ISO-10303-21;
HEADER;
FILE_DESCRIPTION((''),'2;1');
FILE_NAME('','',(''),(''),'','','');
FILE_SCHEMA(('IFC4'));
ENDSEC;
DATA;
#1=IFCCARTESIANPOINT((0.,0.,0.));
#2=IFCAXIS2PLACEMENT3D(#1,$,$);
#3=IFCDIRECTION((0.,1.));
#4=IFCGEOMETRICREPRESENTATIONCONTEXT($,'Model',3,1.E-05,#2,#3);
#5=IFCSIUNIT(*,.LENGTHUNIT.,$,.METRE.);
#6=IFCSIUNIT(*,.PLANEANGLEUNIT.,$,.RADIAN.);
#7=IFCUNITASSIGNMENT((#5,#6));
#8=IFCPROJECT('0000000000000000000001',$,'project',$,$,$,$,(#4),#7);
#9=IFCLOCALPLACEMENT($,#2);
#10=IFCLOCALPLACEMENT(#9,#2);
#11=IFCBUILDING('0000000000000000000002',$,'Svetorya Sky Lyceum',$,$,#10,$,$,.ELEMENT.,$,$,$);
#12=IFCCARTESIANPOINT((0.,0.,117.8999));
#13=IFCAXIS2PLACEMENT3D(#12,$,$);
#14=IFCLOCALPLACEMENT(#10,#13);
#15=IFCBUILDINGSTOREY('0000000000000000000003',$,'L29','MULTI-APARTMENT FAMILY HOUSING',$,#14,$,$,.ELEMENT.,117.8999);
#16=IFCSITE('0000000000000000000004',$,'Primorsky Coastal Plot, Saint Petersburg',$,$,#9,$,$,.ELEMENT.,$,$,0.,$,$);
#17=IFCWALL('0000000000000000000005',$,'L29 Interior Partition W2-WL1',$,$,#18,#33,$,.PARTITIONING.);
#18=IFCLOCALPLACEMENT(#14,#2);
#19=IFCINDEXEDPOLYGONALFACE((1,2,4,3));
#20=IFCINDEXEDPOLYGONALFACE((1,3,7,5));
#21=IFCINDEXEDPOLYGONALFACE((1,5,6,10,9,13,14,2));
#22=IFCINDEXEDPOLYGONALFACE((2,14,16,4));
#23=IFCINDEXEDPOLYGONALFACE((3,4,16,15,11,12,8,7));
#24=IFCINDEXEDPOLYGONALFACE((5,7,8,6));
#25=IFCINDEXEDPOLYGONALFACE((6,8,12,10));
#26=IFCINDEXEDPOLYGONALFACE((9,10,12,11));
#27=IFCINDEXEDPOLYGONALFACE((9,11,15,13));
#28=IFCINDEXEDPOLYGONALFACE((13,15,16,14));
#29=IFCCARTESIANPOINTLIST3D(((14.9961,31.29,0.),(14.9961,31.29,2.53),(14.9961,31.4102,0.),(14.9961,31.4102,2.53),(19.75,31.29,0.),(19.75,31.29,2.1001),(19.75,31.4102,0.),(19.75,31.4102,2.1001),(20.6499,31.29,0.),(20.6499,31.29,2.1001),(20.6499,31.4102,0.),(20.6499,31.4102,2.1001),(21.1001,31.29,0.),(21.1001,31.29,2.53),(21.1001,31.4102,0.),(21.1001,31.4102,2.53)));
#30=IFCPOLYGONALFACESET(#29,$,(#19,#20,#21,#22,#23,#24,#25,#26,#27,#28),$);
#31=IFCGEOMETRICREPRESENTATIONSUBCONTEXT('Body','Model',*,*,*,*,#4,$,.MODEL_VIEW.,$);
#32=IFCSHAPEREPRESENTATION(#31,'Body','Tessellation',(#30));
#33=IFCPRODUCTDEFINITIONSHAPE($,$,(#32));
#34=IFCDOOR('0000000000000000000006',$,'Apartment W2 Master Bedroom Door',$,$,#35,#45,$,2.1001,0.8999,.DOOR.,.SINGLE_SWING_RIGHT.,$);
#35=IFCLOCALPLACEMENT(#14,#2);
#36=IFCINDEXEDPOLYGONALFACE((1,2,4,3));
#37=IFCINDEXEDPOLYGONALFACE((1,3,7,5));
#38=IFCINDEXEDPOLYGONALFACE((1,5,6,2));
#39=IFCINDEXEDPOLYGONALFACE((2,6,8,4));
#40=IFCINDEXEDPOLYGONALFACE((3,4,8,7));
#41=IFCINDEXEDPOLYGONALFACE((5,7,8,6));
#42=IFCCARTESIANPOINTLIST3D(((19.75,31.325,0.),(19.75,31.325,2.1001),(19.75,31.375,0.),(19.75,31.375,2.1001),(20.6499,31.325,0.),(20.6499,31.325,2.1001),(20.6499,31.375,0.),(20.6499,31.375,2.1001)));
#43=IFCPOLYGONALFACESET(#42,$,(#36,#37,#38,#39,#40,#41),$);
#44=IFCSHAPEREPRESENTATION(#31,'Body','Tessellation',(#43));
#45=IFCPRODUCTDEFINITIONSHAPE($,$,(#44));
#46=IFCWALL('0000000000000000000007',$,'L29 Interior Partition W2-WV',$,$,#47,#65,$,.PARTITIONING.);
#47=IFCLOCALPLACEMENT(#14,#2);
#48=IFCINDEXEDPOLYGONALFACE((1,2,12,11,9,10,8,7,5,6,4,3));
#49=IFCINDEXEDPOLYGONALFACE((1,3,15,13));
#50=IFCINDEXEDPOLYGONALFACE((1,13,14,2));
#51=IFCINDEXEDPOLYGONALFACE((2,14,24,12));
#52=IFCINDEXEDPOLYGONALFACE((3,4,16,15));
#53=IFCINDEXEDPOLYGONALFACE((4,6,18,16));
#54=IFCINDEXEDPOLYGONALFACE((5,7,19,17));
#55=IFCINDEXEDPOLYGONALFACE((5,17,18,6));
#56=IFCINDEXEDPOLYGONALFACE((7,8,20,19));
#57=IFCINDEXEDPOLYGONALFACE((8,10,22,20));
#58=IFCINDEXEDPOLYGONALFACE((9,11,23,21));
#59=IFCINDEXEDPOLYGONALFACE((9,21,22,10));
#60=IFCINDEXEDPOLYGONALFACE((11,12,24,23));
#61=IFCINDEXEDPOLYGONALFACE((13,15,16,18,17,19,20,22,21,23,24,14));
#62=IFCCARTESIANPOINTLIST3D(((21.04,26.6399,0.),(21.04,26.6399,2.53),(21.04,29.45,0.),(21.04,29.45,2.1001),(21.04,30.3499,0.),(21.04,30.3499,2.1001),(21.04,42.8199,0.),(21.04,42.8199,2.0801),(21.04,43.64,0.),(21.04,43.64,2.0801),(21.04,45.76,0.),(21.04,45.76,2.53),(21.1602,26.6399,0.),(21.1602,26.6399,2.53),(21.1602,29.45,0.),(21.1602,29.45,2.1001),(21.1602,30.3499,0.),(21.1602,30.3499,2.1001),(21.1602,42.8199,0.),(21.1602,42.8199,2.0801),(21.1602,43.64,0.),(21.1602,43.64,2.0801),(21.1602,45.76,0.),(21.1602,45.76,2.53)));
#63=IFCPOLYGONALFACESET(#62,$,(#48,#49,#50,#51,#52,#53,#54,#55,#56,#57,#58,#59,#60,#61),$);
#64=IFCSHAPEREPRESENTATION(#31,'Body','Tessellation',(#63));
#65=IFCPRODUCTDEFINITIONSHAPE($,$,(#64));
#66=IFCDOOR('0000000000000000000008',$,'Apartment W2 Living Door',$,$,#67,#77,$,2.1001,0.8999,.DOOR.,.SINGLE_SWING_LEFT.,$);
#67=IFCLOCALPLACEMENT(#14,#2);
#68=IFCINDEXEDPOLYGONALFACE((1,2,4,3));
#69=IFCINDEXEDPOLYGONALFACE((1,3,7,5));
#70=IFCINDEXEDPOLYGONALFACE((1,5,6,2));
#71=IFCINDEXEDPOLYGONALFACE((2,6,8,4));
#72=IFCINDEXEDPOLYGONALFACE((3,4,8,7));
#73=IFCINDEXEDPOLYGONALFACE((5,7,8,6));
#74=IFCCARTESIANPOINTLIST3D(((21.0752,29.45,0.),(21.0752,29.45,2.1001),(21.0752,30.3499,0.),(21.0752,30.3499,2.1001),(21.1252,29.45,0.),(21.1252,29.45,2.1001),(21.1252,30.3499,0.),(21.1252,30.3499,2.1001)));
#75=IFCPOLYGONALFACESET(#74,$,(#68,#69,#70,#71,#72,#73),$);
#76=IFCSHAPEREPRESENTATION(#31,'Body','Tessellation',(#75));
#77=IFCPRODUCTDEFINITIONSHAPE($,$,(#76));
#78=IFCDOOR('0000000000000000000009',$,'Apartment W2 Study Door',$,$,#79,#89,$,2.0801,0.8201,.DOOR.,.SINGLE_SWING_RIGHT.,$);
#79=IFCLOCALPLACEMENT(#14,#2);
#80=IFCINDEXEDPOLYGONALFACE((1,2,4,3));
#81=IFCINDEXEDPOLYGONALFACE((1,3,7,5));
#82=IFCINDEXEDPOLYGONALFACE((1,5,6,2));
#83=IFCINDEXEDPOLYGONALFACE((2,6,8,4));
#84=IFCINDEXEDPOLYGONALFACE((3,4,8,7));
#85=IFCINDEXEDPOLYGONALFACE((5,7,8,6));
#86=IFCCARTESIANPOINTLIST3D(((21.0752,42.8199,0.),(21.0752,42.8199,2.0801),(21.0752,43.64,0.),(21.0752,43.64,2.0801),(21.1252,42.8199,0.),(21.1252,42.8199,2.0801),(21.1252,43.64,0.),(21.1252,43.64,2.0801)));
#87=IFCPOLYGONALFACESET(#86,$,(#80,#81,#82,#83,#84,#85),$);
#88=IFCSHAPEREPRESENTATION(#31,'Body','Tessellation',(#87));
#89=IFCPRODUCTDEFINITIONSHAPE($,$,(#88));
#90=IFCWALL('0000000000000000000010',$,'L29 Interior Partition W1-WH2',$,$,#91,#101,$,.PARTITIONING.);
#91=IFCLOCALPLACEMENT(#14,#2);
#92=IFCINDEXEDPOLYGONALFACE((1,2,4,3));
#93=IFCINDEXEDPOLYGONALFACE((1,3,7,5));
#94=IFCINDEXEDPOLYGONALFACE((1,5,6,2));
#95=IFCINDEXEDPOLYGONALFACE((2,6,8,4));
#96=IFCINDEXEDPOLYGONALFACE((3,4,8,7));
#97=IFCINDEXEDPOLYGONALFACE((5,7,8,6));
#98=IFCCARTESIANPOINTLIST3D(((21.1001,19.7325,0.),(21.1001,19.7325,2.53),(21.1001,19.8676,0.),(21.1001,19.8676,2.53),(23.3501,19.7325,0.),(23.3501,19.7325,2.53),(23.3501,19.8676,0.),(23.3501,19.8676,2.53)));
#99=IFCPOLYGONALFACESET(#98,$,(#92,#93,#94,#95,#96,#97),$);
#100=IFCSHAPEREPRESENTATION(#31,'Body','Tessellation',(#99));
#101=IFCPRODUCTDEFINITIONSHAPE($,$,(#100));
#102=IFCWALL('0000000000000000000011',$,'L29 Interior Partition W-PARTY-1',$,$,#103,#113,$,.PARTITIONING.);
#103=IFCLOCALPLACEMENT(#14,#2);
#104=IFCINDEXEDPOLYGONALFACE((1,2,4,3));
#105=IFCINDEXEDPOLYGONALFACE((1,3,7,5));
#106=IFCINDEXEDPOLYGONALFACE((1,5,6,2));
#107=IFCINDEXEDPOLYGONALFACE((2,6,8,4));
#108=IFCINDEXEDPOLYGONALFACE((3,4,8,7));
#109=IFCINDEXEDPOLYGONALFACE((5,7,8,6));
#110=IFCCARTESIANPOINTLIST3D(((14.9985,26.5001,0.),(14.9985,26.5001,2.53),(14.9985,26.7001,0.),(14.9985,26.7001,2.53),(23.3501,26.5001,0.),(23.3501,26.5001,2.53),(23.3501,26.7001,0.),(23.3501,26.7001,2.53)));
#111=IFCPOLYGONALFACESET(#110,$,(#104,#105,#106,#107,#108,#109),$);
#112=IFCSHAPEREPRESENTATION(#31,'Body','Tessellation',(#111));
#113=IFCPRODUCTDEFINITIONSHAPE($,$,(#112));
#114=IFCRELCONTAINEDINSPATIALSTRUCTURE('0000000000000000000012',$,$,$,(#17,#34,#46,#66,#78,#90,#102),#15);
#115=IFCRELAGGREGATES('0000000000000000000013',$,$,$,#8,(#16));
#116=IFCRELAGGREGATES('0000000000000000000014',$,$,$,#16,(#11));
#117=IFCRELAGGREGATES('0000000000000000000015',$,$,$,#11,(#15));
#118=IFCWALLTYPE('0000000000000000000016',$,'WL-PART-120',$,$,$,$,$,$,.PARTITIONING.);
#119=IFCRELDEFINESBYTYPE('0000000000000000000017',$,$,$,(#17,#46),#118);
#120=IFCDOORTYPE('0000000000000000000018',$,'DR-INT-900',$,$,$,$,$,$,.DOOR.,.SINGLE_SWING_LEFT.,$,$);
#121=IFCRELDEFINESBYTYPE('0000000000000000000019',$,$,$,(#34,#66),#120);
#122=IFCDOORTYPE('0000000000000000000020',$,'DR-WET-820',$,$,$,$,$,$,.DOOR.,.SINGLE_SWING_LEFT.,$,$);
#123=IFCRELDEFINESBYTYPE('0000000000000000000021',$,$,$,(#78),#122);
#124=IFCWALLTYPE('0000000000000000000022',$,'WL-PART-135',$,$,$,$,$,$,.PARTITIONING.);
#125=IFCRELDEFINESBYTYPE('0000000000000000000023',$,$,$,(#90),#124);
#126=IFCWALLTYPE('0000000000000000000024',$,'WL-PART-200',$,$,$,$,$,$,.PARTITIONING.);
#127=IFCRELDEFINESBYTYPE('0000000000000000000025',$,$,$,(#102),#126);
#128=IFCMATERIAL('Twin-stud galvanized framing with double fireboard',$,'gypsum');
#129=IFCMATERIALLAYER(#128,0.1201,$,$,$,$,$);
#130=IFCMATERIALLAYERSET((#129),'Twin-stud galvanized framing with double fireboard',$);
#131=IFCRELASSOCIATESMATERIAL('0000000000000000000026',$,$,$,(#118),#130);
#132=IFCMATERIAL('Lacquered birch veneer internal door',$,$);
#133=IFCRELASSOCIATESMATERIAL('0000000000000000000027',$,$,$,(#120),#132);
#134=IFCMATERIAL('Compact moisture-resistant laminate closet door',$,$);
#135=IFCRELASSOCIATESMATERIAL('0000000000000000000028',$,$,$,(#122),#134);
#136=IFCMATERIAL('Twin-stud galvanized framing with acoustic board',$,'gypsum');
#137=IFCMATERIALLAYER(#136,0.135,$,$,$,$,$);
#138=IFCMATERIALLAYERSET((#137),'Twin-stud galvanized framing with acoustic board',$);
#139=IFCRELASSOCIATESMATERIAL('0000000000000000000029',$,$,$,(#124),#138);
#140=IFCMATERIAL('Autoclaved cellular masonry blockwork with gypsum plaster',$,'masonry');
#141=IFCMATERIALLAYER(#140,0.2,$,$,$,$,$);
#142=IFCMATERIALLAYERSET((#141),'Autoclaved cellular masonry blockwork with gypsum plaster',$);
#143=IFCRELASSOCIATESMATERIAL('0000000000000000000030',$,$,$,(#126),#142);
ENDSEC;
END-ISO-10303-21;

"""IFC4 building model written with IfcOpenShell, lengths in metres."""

from ifc_helpers import new_model, si_unit, direction, frame, frame_2d, origin, place, context, subcontext, project, spatial, rectangle, extrude, material, layer, layer_set, type_object, element, fill, save


model = new_model("IFC4")

# Units and contexts
model_context = context("Model", 3, precision=1e-05, world=origin(), true_north=direction((0.0, 1.0)))
body_context = subcontext(model_context, "Body", "Model", "MODEL_VIEW")
ifc_project = project(units=[si_unit("LENGTHUNIT", "METRE"), si_unit("PLANEANGLEUNIT", "RADIAN")], contexts=[model_context])

# Site, building, storey
site_placement = place(None, origin())
site = spatial("IfcSite", under=ifc_project, at=site_placement, Name="Primorsky Coastal Plot, Saint Petersburg", CompositionType="ELEMENT", RefElevation=0.0)
building_placement = place(site_placement, origin())
building = spatial("IfcBuilding", under=site, at=building_placement, Name="Svetorya Sky Lyceum", CompositionType="ELEMENT")
storey_placement = place(building_placement, frame((0.0, 0.0, 117.8999)))
storey = spatial("IfcBuildingStorey", under=building, at=storey_placement, Name="L29", Description="MULTI-APARTMENT FAMILY HOUSING", CompositionType="ELEMENT", Elevation=117.8999)

# Wall, opening, door
ifc_material_1 = material(Name="Twin-stud galvanized framing with double fireboard", Category="gypsum")
ifc_layer_1 = layer(ifc_material_1, 0.1201)
ifc_layer_set_1 = layer_set([ifc_layer_1], Name="Twin-stud galvanized framing with double fireboard")
wall_type_1 = type_object("IfcWallType", Name="WL-PART-120", PredefinedType="PARTITIONING", material=ifc_layer_set_1)
ifc_material_2 = material(Name="Lacquered birch veneer internal door")
door_type_1 = type_object("IfcDoorType", Name="DR-INT-900", OperationType="SINGLE_SWING_LEFT", PredefinedType="DOOR", material=ifc_material_2)
wall_1_placement = place(storey_placement, frame((14.9961, 31.3501, 0.0), z_axis=(0.0, 0.0, 1.0), x_axis=(1.0, 0.0, 0.0)))
wall_1 = element("IfcWall", 1, at=wall_1_placement, inside=storey, type_object=wall_type_1, Name="L29 Interior Partition W2-WL1", PredefinedType="PARTITIONING", context=body_context, shape_type="SweptSolid", body=[
    extrude(rectangle(XDim=6.104, YDim=0.1201, at=frame_2d((3.052, 0.0))), origin(), (0.0, 0.0, 1.0), 2.53),
])
opening_1_placement = place(wall_1_placement, frame((4.7539, 0.0, 0.0)))
opening_1 = element("IfcOpeningElement", 2, at=opening_1_placement, cuts=wall_1, PredefinedType="OPENING", context=body_context, shape_type="SweptSolid", body=[
    extrude(rectangle(XDim=0.8999, YDim=2.1001, at=frame_2d((0.45, 1.05))), frame((0.0, 0.0701, 0.0), z_axis=(0.0, -1.0, 0.0), x_axis=(1.0, 0.0, 0.0)), (0.0, 0.0, 1.0), 0.1401),
])
door_1_placement = place(opening_1_placement, origin())
door_1 = element("IfcDoor", 3, at=door_1_placement, inside=storey, type_object=door_type_1, Name="Apartment W2 Master Bedroom Door", OperationType="SINGLE_SWING_RIGHT", OverallHeight=2.1001, OverallWidth=0.8999, PredefinedType="DOOR", context=body_context, shape_type="SweptSolid", body=[
    extrude(rectangle(XDim=0.8999, YDim=2.1001, at=frame_2d((0.45, 1.05))), frame((0.0, 0.0249, 0.0), z_axis=(0.0, -1.0, 0.0), x_axis=(1.0, 0.0, 0.0)), (0.0, 0.0, 1.0), 0.05),
])
fill(opening_1, door_1)

# Wall, openings, doors
wall_2_placement = place(storey_placement, frame((21.1001, 26.6399, 0.0), z_axis=(0.0, 0.0, 1.0), x_axis=(0.0, 1.0, 0.0)))
wall_2 = element("IfcWall", 4, at=wall_2_placement, inside=storey, type_object=wall_type_1, Name="L29 Interior Partition W2-WV", PredefinedType="PARTITIONING", context=body_context, shape_type="SweptSolid", body=[
    extrude(rectangle(XDim=19.1201, YDim=0.1201, at=frame_2d((9.5601, 0.0))), origin(), (0.0, 0.0, 1.0), 2.53),
])
opening_2_placement = place(wall_2_placement, frame((2.8101, 0.0, 0.0)))
opening_2 = element("IfcOpeningElement", 5, at=opening_2_placement, cuts=wall_2, PredefinedType="OPENING", context=body_context, shape_type="SweptSolid", body=[
    extrude(rectangle(XDim=0.8999, YDim=2.1001, at=frame_2d((0.45, 1.05))), frame((0.0, 0.0701, 0.0), z_axis=(0.0, -1.0, 0.0), x_axis=(1.0, 0.0, 0.0)), (0.0, 0.0, 1.0), 0.1401),
])
opening_3_placement = place(wall_2_placement, frame((16.1799, 0.0, 0.0)))
opening_3 = element("IfcOpeningElement", 6, at=opening_3_placement, cuts=wall_2, PredefinedType="OPENING", context=body_context, shape_type="SweptSolid", body=[
    extrude(rectangle(XDim=0.8201, YDim=2.0801, at=frame_2d((0.4102, 1.04))), frame((0.0, 0.0701, 0.0), z_axis=(0.0, -1.0, 0.0), x_axis=(1.0, 0.0, 0.0)), (0.0, 0.0, 1.0), 0.1401),
])
door_2_placement = place(opening_2_placement, origin())
door_2 = element("IfcDoor", 7, at=door_2_placement, inside=storey, type_object=door_type_1, Name="Apartment W2 Living Door", OperationType="SINGLE_SWING_LEFT", OverallHeight=2.1001, OverallWidth=0.8999, PredefinedType="DOOR", context=body_context, shape_type="SweptSolid", body=[
    extrude(rectangle(XDim=0.8999, YDim=2.1001, at=frame_2d((0.45, 1.05))), frame((0.0, 0.0249, 0.0), z_axis=(0.0, -1.0, 0.0), x_axis=(1.0, 0.0, 0.0)), (0.0, 0.0, 1.0), 0.05),
])
fill(opening_2, door_2)
ifc_material_3 = material(Name="Compact moisture-resistant laminate closet door")
door_type_2 = type_object("IfcDoorType", Name="DR-WET-820", OperationType="SINGLE_SWING_LEFT", PredefinedType="DOOR", material=ifc_material_3)
door_3_placement = place(opening_3_placement, origin())
door_3 = element("IfcDoor", 8, at=door_3_placement, inside=storey, type_object=door_type_2, Name="Apartment W2 Study Door", OperationType="SINGLE_SWING_RIGHT", OverallHeight=2.0801, OverallWidth=0.8201, PredefinedType="DOOR", context=body_context, shape_type="SweptSolid", body=[
    extrude(rectangle(XDim=0.8201, YDim=2.0801, at=frame_2d((0.4102, 1.04))), frame((0.0, 0.0249, 0.0), z_axis=(0.0, -1.0, 0.0), x_axis=(1.0, 0.0, 0.0)), (0.0, 0.0, 1.0), 0.05),
])
fill(opening_3, door_3)

# Walls
ifc_material_4 = material(Name="Twin-stud galvanized framing with acoustic board", Category="gypsum")
ifc_layer_2 = layer(ifc_material_4, 0.135)
ifc_layer_set_2 = layer_set([ifc_layer_2], Name="Twin-stud galvanized framing with acoustic board")
wall_type_2 = type_object("IfcWallType", Name="WL-PART-135", PredefinedType="PARTITIONING", material=ifc_layer_set_2)
wall_3_placement = place(storey_placement, frame((21.1001, 19.8, 0.0), z_axis=(0.0, 0.0, 1.0), x_axis=(1.0, 0.0, 0.0)))
element("IfcWall", 9, at=wall_3_placement, inside=storey, type_object=wall_type_2, Name="L29 Interior Partition W1-WH2", PredefinedType="PARTITIONING", context=body_context, shape_type="SweptSolid", body=[
    extrude(rectangle(XDim=2.25, YDim=0.135, at=frame_2d((1.125, 0.0))), origin(), (0.0, 0.0, 1.0), 2.53),
])
ifc_material_5 = material(Name="Autoclaved cellular masonry blockwork with gypsum plaster", Category="masonry")
ifc_layer_3 = layer(ifc_material_5, 0.2)
ifc_layer_set_3 = layer_set([ifc_layer_3], Name="Autoclaved cellular masonry blockwork with gypsum plaster")
wall_type_3 = type_object("IfcWallType", Name="WL-PART-200", PredefinedType="PARTITIONING", material=ifc_layer_set_3)
wall_4_placement = place(storey_placement, frame((14.9985, 26.6001, 0.0), z_axis=(0.0, 0.0, 1.0), x_axis=(1.0, 0.0, 0.0)))
element("IfcWall", 10, at=wall_4_placement, inside=storey, type_object=wall_type_3, Name="L29 Interior Partition W-PARTY-1", PredefinedType="PARTITIONING", context=body_context, shape_type="SweptSolid", body=[
    extrude(rectangle(XDim=8.3516, YDim=0.2, at=frame_2d((4.1758, 0.0))), origin(), (0.0, 0.0, 1.0), 2.53),
])

save(model, "model.ifc")
